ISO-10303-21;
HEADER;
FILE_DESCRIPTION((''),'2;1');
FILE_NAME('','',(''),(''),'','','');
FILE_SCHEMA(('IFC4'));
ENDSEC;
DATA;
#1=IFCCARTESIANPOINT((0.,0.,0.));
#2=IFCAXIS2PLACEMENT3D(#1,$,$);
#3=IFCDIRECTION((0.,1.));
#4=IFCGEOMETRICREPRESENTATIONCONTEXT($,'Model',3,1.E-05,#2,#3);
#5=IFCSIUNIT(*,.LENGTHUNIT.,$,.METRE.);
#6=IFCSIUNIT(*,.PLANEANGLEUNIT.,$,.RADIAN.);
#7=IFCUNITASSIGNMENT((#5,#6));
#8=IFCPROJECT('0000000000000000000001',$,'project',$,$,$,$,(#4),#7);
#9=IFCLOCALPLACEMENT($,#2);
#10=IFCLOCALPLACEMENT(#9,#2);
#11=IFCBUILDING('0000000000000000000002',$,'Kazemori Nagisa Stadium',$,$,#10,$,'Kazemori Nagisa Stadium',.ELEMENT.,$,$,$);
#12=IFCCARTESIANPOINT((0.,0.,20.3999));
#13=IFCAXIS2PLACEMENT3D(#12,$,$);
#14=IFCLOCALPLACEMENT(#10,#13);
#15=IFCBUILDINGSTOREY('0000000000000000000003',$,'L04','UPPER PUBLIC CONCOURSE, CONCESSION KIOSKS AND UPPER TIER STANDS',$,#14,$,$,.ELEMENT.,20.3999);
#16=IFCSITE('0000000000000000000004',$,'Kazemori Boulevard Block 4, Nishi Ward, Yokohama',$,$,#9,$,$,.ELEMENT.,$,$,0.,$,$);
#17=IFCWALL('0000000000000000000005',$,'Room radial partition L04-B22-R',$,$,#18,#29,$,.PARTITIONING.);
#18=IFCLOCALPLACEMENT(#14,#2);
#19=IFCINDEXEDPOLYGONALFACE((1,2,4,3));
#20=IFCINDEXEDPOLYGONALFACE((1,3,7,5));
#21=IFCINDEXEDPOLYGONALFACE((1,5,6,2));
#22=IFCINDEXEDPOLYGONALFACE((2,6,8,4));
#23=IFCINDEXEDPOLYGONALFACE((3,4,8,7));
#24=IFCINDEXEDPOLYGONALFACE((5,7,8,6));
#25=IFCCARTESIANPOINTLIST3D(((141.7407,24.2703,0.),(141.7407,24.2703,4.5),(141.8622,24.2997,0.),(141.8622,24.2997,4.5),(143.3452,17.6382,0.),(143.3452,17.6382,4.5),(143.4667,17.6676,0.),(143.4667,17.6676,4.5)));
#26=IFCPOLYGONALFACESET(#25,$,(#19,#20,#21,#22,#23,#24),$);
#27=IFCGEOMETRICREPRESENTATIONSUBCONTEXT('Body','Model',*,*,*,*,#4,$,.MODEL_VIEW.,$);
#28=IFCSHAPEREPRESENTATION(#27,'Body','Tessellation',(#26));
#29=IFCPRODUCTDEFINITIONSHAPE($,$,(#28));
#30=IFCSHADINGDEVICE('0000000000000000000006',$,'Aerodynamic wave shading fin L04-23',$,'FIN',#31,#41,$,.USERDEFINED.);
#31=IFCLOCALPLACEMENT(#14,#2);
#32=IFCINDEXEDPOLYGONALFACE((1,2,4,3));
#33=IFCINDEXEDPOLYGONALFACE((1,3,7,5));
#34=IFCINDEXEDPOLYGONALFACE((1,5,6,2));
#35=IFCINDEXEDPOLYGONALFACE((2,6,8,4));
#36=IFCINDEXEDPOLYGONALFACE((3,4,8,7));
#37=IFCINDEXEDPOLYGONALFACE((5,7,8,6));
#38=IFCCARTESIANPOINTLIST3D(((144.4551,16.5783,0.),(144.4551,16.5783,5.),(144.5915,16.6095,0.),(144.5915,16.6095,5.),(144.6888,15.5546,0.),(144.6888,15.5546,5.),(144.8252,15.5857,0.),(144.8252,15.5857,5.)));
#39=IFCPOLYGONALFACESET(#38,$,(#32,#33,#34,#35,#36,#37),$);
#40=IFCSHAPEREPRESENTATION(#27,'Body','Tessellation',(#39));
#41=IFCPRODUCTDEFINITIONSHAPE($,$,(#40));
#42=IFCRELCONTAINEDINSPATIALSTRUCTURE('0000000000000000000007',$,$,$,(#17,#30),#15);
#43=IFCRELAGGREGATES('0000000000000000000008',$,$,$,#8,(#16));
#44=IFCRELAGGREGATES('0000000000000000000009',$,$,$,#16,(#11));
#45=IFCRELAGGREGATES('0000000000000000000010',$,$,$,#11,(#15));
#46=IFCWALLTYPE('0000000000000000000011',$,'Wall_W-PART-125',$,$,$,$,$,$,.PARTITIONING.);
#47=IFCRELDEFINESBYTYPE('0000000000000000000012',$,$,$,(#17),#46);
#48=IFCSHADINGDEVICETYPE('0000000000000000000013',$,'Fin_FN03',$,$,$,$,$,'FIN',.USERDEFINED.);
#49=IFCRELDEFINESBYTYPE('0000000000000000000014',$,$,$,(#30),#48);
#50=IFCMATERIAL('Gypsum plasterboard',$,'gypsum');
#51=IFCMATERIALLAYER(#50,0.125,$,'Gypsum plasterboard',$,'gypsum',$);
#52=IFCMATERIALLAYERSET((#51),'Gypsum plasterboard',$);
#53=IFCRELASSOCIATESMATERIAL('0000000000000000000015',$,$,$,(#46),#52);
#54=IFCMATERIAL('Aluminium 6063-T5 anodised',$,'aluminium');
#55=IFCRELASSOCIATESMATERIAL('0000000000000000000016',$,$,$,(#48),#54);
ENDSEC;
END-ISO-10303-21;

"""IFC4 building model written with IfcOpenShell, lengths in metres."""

from ifc_helpers import new_model, si_unit, direction, frame, frame_2d, origin, origin_2d, place, context, subcontext, project, spatial, rectangle, extrude, material, layer, layer_set, type_object, element, save


model = new_model("IFC4")

# Units and contexts
model_context = context("Model", 3, precision=1e-05, world=origin(), true_north=direction((0.0, 1.0)))
body_context = subcontext(model_context, "Body", "Model", "MODEL_VIEW")
ifc_project = project(units=[si_unit("LENGTHUNIT", "METRE"), si_unit("PLANEANGLEUNIT", "RADIAN")], contexts=[model_context])

# Site, building, storey
site_placement = place(None, origin())
site = spatial("IfcSite", under=ifc_project, at=site_placement, Name="Kazemori Boulevard Block 4, Nishi Ward, Yokohama", CompositionType="ELEMENT", RefElevation=0.0)
building_placement = place(site_placement, origin())
building = spatial("IfcBuilding", under=site, at=building_placement, Name="Kazemori Nagisa Stadium", LongName="Kazemori Nagisa Stadium", CompositionType="ELEMENT")
storey_placement = place(building_placement, frame((0.0, 0.0, 20.3999)))
storey = spatial("IfcBuildingStorey", under=building, at=storey_placement, Name="L04", Description="UPPER PUBLIC CONCOURSE, CONCESSION KIOSKS AND UPPER TIER STANDS", CompositionType="ELEMENT", Elevation=20.3999)

# Shared definitions
ifc_material_1 = material(Name="Aluminium 6063-T5 anodised", Category="aluminium")

# Wall
ifc_material_2 = material(Name="Gypsum plasterboard", Category="gypsum")
ifc_layer_1 = layer(ifc_material_2, 0.125, Name="Gypsum plasterboard", Category="gypsum")
ifc_layer_set_1 = layer_set([ifc_layer_1], Name="Gypsum plasterboard")
wall_type_1 = type_object("IfcWallType", Name="Wall_W-PART-125", PredefinedType="PARTITIONING", material=ifc_layer_set_1)
wall_1_placement = place(storey_placement, frame((141.8015, 24.2849, 0.0), z_axis=(0.0, 0.0, 1.0), x_axis=(0.235145, -0.97196, 0.0)))
element("IfcWall", 1, at=wall_1_placement, inside=storey, type_object=wall_type_1, Name="Room radial partition L04-B22-R", PredefinedType="PARTITIONING", context=body_context, shape_type="SweptSolid", body=[
    extrude(rectangle(XDim=6.8235, YDim=0.125, at=frame_2d((3.4116, 0.0))), origin(), (0.0, 0.0, 1.0), 4.5),
])

# Shading device
shading_device_type = type_object("IfcShadingDeviceType", Name="Fin_FN03", ElementType="FIN", PredefinedType="USERDEFINED", material=ifc_material_1)
shading_device_placement = place(storey_placement, frame((144.6401, 16.082, 0.0), z_axis=(0.0, 0.0, 1.0), x_axis=(0.222521, -0.974928, 0.0)))
element("IfcShadingDevice", 2, at=shading_device_placement, inside=storey, type_object=shading_device_type, Name="Aerodynamic wave shading fin L04-23", ObjectType="FIN", PredefinedType="USERDEFINED", context=body_context, shape_type="SweptSolid", body=[
    extrude(rectangle(XDim=1.05, YDim=0.1399, at=origin_2d()), origin(), (0.0, 0.0, 1.0), 5.0),
])

save(model, "model.ifc")
